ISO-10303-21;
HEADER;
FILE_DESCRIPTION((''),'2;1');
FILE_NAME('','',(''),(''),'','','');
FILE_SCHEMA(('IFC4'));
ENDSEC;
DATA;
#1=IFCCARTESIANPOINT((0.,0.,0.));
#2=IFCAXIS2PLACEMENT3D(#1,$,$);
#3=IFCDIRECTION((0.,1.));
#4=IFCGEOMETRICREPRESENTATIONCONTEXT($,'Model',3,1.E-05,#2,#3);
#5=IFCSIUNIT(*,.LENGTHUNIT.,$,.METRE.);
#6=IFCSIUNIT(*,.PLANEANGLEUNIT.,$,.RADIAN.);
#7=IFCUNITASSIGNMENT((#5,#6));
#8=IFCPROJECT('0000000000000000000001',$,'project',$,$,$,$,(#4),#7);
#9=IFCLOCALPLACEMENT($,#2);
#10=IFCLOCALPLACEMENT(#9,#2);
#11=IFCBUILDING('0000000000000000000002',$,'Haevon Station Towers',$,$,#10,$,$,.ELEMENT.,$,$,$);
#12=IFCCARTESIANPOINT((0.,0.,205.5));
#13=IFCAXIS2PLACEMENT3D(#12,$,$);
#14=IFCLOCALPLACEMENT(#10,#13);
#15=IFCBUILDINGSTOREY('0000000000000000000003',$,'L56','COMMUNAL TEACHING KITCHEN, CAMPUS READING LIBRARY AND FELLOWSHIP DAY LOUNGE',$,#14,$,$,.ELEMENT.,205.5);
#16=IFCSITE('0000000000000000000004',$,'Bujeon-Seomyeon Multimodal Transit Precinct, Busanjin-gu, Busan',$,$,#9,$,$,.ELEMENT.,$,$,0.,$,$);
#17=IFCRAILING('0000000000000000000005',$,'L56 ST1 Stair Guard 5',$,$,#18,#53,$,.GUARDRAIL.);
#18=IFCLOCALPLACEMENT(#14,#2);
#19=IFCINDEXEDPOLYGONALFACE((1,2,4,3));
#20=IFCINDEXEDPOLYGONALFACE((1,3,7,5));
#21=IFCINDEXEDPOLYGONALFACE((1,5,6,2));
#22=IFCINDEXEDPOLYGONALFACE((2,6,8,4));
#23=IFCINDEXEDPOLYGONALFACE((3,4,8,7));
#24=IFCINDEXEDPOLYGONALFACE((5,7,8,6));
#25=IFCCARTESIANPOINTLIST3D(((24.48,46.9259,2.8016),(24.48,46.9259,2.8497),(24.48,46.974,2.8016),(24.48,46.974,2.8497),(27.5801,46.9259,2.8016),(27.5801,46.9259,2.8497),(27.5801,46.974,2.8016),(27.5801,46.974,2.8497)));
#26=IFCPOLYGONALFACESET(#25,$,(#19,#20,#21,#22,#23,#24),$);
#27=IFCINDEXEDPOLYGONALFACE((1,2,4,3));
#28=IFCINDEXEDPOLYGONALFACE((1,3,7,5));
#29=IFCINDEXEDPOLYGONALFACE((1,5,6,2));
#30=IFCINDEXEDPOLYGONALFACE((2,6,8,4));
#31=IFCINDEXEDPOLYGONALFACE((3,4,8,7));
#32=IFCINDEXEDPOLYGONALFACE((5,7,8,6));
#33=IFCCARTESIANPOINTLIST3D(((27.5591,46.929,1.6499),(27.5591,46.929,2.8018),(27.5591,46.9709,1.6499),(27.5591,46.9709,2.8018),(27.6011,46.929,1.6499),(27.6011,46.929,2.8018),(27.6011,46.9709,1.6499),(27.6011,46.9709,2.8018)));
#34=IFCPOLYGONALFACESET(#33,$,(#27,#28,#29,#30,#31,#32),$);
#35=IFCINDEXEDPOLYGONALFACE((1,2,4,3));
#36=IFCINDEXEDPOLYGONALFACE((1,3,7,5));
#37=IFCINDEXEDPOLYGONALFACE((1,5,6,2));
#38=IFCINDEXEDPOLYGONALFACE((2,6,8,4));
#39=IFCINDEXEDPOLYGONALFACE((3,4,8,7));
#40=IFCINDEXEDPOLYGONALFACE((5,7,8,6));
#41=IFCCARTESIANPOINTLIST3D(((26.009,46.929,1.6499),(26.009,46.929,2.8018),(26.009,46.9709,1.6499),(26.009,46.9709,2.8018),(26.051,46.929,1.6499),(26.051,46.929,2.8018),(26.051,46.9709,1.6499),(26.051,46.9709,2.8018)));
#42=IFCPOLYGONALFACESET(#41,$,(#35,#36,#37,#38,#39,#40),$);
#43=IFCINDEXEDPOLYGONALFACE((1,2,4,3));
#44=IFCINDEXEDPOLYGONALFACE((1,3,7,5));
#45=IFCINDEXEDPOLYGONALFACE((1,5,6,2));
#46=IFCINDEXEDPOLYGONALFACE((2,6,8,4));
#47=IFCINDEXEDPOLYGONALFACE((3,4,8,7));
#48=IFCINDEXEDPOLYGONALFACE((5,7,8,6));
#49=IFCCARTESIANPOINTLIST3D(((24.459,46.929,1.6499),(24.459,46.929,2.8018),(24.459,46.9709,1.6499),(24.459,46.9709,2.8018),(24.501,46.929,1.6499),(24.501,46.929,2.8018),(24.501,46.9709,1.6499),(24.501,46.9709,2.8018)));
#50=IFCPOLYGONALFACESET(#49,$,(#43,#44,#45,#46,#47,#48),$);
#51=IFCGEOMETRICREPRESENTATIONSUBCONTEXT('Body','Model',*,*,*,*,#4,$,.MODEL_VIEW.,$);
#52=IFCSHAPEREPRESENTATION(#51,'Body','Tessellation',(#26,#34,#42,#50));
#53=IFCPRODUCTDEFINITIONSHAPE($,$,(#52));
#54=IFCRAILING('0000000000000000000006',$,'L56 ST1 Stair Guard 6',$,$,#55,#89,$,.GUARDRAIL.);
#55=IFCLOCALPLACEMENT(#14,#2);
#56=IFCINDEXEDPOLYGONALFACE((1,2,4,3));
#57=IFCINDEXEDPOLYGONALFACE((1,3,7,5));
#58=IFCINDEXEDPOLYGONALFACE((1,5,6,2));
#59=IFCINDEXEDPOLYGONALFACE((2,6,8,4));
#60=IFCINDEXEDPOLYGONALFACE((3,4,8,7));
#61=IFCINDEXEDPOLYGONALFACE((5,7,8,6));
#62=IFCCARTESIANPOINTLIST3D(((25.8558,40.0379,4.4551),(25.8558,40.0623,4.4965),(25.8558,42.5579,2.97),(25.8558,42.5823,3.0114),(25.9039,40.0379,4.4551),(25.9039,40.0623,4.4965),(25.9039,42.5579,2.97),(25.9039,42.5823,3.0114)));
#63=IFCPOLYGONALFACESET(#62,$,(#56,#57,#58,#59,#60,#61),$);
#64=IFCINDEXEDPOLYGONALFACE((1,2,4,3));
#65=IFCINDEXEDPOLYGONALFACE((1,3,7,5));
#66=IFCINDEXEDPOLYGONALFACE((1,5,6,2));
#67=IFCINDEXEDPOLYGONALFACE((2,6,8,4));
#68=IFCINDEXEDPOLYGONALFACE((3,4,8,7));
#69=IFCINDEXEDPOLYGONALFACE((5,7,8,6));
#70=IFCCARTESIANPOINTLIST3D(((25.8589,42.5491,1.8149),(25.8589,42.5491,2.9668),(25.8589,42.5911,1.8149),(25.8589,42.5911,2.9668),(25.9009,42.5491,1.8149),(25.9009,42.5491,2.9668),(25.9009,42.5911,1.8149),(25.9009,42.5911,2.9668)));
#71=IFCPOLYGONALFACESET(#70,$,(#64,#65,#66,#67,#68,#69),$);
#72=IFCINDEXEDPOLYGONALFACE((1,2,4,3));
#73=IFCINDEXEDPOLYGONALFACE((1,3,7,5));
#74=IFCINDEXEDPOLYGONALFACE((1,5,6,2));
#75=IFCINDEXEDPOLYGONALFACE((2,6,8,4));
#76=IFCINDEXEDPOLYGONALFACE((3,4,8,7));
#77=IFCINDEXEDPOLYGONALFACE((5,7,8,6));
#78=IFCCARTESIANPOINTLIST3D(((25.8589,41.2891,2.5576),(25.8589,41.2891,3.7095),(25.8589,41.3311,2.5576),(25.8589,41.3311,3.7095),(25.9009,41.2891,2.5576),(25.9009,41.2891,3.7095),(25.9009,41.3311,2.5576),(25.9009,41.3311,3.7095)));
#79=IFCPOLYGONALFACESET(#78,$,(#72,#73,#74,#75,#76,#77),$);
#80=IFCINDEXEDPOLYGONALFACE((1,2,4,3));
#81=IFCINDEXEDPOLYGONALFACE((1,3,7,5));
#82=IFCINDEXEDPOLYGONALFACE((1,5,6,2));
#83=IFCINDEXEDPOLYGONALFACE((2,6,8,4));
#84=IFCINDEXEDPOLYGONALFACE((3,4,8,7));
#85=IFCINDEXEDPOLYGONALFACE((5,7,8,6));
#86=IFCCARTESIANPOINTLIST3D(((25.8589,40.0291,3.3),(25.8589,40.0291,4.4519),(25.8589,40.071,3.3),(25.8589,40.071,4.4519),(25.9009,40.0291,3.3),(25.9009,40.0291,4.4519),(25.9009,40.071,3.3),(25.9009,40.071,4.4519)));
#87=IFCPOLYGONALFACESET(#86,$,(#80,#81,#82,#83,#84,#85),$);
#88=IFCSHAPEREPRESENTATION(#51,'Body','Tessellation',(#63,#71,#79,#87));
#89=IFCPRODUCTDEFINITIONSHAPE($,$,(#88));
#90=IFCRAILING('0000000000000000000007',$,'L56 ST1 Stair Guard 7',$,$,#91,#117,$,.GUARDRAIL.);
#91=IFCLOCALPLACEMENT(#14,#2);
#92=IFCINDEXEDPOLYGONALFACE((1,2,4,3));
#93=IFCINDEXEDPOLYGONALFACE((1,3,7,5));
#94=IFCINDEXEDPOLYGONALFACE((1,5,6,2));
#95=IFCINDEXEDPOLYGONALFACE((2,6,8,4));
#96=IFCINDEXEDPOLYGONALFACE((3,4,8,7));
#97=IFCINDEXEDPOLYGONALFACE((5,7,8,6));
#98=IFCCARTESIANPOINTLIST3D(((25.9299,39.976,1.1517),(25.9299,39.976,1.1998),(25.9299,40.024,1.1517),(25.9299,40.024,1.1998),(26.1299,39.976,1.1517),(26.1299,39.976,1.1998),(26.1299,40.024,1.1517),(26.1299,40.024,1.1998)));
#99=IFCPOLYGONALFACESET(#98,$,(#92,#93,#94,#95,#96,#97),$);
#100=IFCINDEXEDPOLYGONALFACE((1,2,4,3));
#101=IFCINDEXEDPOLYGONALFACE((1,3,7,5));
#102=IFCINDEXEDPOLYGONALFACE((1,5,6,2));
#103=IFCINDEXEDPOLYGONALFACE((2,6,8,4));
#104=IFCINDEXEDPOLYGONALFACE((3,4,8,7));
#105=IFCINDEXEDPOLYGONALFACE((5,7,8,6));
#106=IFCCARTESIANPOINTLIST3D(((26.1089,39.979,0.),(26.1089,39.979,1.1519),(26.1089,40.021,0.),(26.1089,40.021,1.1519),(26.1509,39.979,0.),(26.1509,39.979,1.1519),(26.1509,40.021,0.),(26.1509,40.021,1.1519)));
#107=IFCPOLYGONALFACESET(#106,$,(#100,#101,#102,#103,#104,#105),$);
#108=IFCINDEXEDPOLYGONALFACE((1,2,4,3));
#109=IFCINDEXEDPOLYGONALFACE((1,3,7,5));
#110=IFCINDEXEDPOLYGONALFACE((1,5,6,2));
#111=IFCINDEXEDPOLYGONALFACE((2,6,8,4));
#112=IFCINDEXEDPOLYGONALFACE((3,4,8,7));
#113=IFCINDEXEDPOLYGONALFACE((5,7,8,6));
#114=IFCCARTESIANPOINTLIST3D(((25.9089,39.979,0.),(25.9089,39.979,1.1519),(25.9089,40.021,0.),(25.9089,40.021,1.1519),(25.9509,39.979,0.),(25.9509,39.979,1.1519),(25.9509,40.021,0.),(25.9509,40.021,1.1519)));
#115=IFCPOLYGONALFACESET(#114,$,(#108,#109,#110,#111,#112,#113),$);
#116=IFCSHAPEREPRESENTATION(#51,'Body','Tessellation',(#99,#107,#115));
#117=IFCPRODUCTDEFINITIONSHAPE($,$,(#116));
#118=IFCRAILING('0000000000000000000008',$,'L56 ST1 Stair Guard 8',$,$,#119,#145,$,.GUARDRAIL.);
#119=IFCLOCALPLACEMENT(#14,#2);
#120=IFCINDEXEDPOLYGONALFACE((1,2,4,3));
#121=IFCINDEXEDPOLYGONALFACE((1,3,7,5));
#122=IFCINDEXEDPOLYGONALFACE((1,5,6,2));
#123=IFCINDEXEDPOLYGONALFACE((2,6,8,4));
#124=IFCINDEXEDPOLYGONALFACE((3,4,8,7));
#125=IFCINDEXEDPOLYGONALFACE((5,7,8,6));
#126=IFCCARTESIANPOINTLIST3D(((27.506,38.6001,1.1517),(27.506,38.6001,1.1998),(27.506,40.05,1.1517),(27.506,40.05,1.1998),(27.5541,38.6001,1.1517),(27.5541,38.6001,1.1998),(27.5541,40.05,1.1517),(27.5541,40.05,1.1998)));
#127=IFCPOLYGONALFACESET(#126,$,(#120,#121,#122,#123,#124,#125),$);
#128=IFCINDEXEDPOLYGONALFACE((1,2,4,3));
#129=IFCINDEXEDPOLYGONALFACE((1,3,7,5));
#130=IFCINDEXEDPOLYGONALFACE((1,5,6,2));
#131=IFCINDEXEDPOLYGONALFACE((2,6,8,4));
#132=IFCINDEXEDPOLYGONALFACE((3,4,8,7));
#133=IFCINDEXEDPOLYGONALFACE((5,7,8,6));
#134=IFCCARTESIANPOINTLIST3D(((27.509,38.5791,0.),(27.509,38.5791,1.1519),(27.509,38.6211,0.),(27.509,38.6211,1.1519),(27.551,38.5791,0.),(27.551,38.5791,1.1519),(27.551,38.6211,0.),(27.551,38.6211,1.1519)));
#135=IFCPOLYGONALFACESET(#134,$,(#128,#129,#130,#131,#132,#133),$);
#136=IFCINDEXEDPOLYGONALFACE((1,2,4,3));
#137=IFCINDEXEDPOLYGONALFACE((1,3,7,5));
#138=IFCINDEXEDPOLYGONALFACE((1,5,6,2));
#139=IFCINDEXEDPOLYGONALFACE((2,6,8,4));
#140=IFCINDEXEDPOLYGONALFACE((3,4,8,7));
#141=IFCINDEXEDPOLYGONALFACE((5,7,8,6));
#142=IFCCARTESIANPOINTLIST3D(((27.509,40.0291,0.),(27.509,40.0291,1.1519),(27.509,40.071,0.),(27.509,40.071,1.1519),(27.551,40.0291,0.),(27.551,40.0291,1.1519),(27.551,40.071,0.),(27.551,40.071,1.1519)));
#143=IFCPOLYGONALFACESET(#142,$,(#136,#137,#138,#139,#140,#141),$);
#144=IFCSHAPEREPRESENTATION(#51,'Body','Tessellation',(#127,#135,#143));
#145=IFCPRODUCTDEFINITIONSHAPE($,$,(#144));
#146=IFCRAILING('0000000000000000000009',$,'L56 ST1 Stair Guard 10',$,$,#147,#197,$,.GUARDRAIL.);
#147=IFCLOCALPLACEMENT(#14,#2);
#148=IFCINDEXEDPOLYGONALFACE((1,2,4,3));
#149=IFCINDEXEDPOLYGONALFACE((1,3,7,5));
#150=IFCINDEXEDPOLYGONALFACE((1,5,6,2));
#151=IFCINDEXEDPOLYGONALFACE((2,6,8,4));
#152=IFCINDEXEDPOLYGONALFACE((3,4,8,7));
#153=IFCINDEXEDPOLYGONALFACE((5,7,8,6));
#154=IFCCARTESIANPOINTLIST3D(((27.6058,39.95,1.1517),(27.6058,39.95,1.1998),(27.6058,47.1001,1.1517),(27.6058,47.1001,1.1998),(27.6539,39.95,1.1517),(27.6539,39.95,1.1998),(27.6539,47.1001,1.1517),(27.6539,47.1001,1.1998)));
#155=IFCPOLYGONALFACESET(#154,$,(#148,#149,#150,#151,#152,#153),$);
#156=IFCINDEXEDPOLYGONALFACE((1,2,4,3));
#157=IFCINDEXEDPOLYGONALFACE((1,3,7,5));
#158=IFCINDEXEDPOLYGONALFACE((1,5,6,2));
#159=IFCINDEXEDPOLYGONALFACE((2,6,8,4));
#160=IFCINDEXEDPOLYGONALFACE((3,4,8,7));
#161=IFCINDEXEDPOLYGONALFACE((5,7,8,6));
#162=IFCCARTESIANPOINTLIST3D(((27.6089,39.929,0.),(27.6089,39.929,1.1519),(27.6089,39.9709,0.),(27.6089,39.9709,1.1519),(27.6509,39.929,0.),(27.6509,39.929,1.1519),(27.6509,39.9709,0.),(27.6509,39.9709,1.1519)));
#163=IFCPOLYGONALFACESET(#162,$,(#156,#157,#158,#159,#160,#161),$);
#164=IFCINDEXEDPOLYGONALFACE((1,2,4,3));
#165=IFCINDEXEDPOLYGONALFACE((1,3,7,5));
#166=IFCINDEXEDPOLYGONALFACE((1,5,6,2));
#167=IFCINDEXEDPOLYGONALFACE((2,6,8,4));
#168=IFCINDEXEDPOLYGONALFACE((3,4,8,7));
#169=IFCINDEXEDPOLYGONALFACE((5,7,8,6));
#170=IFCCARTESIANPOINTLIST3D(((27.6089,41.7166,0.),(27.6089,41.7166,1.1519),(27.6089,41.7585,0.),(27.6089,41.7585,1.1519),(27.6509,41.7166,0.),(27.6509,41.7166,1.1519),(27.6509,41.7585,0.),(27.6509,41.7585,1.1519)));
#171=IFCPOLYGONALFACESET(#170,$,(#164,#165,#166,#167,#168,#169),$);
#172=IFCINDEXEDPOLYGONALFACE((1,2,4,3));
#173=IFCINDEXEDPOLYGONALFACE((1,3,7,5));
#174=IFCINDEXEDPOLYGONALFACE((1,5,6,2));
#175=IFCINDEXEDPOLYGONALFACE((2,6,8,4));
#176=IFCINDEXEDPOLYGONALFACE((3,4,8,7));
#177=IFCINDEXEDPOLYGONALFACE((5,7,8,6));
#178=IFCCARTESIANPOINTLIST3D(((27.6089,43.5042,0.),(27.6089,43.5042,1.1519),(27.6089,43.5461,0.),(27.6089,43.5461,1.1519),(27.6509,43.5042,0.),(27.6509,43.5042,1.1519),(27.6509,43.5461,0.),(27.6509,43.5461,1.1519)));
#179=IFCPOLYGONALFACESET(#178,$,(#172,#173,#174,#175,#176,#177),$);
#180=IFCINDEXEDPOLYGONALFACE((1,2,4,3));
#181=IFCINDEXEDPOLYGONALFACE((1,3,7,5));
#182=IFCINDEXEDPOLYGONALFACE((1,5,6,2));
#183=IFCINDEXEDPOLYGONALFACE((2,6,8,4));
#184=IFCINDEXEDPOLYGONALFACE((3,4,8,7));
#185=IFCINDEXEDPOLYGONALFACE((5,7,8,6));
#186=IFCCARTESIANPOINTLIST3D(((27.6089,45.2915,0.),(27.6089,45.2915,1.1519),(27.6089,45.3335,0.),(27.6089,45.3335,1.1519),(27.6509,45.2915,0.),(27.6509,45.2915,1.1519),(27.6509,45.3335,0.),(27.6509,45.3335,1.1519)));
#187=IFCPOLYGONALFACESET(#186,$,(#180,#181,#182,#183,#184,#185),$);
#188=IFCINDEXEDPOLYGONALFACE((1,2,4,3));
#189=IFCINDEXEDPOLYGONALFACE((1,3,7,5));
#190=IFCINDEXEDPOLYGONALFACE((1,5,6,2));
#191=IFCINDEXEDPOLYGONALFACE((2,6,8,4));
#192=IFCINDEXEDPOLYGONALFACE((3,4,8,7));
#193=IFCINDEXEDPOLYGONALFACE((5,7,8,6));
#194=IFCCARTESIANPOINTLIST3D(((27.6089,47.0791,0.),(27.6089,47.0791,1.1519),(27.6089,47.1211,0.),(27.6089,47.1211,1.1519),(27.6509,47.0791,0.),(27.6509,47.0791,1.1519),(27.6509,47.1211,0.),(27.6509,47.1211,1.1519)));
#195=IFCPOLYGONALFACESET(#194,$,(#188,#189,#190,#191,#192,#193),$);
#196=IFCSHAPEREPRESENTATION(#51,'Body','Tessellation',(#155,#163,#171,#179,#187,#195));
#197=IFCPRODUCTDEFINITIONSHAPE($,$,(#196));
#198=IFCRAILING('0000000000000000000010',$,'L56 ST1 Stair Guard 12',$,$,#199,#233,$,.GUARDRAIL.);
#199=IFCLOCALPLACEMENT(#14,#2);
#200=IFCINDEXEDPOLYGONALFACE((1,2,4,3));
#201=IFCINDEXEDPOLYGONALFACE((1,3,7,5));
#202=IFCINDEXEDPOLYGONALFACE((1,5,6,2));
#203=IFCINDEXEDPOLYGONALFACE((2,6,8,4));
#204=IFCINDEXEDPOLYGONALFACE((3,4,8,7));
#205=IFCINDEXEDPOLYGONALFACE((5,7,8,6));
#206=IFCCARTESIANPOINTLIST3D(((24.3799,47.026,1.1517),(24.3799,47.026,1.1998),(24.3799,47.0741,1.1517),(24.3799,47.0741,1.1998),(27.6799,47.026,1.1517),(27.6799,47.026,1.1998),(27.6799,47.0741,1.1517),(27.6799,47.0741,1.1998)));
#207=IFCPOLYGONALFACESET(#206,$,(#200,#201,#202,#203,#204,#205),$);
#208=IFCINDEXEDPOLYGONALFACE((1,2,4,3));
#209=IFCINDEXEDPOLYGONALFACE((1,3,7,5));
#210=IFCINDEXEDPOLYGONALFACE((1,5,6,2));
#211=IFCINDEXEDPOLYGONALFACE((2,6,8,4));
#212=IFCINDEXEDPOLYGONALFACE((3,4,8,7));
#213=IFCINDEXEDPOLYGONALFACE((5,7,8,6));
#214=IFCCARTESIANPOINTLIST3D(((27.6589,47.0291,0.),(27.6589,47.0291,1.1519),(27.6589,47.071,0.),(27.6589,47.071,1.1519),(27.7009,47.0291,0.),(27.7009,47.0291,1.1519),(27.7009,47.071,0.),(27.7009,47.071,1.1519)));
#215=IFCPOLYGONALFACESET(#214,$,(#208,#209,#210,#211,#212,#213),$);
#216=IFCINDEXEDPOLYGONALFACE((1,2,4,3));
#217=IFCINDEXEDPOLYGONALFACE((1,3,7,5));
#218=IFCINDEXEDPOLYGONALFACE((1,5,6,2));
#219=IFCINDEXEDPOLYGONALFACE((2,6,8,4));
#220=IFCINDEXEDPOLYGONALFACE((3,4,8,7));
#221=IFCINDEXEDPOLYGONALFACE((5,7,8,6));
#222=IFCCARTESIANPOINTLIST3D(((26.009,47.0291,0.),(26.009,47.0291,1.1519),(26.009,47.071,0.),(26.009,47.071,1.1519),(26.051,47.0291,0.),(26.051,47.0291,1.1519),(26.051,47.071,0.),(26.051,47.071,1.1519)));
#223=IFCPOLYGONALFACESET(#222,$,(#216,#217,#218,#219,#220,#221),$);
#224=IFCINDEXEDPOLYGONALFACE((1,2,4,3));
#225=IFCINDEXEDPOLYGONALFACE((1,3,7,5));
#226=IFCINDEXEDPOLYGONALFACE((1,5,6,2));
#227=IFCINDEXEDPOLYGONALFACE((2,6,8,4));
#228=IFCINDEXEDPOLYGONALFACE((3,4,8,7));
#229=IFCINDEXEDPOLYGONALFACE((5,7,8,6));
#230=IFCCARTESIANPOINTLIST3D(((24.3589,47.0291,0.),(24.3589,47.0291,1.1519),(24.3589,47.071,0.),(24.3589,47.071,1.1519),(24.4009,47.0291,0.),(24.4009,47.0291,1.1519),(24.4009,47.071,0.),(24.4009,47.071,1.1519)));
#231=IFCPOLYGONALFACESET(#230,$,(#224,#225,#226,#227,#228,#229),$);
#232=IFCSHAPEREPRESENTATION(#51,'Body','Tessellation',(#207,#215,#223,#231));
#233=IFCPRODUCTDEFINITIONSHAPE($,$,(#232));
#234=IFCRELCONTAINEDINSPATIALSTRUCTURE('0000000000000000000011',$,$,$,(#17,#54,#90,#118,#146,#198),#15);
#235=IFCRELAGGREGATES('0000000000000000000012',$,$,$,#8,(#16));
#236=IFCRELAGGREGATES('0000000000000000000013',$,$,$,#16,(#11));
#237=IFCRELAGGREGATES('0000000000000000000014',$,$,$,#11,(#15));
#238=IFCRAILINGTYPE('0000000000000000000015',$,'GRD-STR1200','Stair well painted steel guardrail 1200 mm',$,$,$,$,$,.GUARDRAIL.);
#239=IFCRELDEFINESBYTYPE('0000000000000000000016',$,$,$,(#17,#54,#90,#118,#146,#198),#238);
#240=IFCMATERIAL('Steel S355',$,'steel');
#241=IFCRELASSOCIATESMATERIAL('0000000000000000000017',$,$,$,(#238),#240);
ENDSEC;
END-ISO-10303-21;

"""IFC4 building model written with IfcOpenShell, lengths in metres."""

from ifc_helpers import new_model, si_unit, direction, frame, origin, origin_2d, place, context, subcontext, project, spatial, rectangle, extrude, material, type_object, element, save


model = new_model("IFC4")

# Units and contexts
model_context = context("Model", 3, precision=1e-05, world=origin(), true_north=direction((0.0, 1.0)))
body_context = subcontext(model_context, "Body", "Model", "MODEL_VIEW")
ifc_project = project(units=[si_unit("LENGTHUNIT", "METRE"), si_unit("PLANEANGLEUNIT", "RADIAN")], contexts=[model_context])

# Site, building, storey
site_placement = place(None, origin())
site = spatial("IfcSite", under=ifc_project, at=site_placement, Name="Bujeon-Seomyeon Multimodal Transit Precinct, Busanjin-gu, Busan", CompositionType="ELEMENT", RefElevation=0.0)
building_placement = place(site_placement, origin())
building = spatial("IfcBuilding", under=site, at=building_placement, Name="Haevon Station Towers", CompositionType="ELEMENT")
storey_placement = place(building_placement, frame((0.0, 0.0, 205.5)))
storey = spatial("IfcBuildingStorey", under=building, at=storey_placement, Name="L56", Description="COMMUNAL TEACHING KITCHEN, CAMPUS READING LIBRARY AND FELLOWSHIP DAY LOUNGE", CompositionType="ELEMENT", Elevation=205.5)

# Shared definitions
ifc_material_1 = material(Name="Steel S355", Category="steel")

# Railings
railing_type_1 = type_object("IfcRailingType", Name="GRD-STR1200", Description="Stair well painted steel guardrail 1200 mm", PredefinedType="GUARDRAIL", material=ifc_material_1)
railing_1_placement = place(storey_placement, frame((27.5801, 46.95, 1.6499)))
element("IfcRailing", 1, at=railing_1_placement, inside=storey, type_object=railing_type_1, Name="L56 ST1 Stair Guard 5", PredefinedType="GUARDRAIL", context=body_context, shape_type="SweptSolid", body=[
    extrude(rectangle(XDim=0.0481, YDim=0.0481, at=origin_2d()), frame((0.0, 0.0, 1.1758), z_axis=(-1.0, 0.0, 0.0), x_axis=(0.0, -1.0, 0.0)), (0.0, 0.0, 1.0), 3.1001),
    extrude(rectangle(XDim=0.042, YDim=0.042, at=origin_2d()), origin(), (0.0, 0.0, 1.0), 1.1519),
    extrude(rectangle(XDim=0.042, YDim=0.042, at=origin_2d()), frame((-1.55, 0.0, 0.0)), (0.0, 0.0, 1.0), 1.1519),
    extrude(rectangle(XDim=0.042, YDim=0.042, at=origin_2d()), frame((-3.1001, 0.0, 0.0)), (0.0, 0.0, 1.0), 1.1519),
])
railing_2_placement = place(storey_placement, frame((25.8799, 42.5701, 1.8149)))
element("IfcRailing", 2, at=railing_2_placement, inside=storey, type_object=railing_type_1, Name="L56 ST1 Stair Guard 6", PredefinedType="GUARDRAIL", context=body_context, shape_type="SweptSolid", body=[
    extrude(rectangle(XDim=0.0481, YDim=0.0481, at=origin_2d()), frame((0.0, 0.0, 1.1758), z_axis=(0.0, -0.861524, 0.507717), x_axis=(1.0, 0.0, 0.0)), (0.0, 0.0, 1.0), 2.925),
    extrude(rectangle(XDim=0.042, YDim=0.042, at=origin_2d()), origin(), (0.0, 0.0, 1.0), 1.1519),
    extrude(rectangle(XDim=0.042, YDim=0.042, at=origin_2d()), frame((0.0, -1.26, 0.7427)), (0.0, 0.0, 1.0), 1.1519),
    extrude(rectangle(XDim=0.042, YDim=0.042, at=origin_2d()), frame((0.0, -2.52, 1.4851)), (0.0, 0.0, 1.0), 1.1519),
])
railing_3_placement = place(storey_placement, frame((26.1299, 40.0, 0.0)))
element("IfcRailing", 3, at=railing_3_placement, inside=storey, type_object=railing_type_1, Name="L56 ST1 Stair Guard 7", PredefinedType="GUARDRAIL", context=body_context, shape_type="SweptSolid", body=[
    extrude(rectangle(XDim=0.0481, YDim=0.0481, at=origin_2d()), frame((0.0, 0.0, 1.1758), z_axis=(-1.0, 0.0, 0.0), x_axis=(0.0, -1.0, 0.0)), (0.0, 0.0, 1.0), 0.2),
    extrude(rectangle(XDim=0.042, YDim=0.042, at=origin_2d()), origin(), (0.0, 0.0, 1.0), 1.1519),
    extrude(rectangle(XDim=0.042, YDim=0.042, at=origin_2d()), frame((-0.2, 0.0, 0.0)), (0.0, 0.0, 1.0), 1.1519),
])
railing_4_placement = place(storey_placement, frame((27.53, 38.6001, 0.0)))
element("IfcRailing", 4, at=railing_4_placement, inside=storey, type_object=railing_type_1, Name="L56 ST1 Stair Guard 8", PredefinedType="GUARDRAIL", context=body_context, shape_type="SweptSolid", body=[
    extrude(rectangle(XDim=0.0481, YDim=0.0481, at=origin_2d()), frame((0.0, 0.0, 1.1758), z_axis=(0.0, 1.0, 0.0), x_axis=(-1.0, 0.0, 0.0)), (0.0, 0.0, 1.0), 1.45),
    extrude(rectangle(XDim=0.042, YDim=0.042, at=origin_2d()), origin(), (0.0, 0.0, 1.0), 1.1519),
    extrude(rectangle(XDim=0.042, YDim=0.042, at=origin_2d()), frame((0.0, 1.45, 0.0)), (0.0, 0.0, 1.0), 1.1519),
])
railing_5_placement = place(storey_placement, frame((27.6299, 39.95, 0.0)))
element("IfcRailing", 5, at=railing_5_placement, inside=storey, type_object=railing_type_1, Name="L56 ST1 Stair Guard 10", PredefinedType="GUARDRAIL", context=body_context, shape_type="SweptSolid", body=[
    extrude(rectangle(XDim=0.0481, YDim=0.0481, at=origin_2d()), frame((0.0, 0.0, 1.1758), z_axis=(0.0, 1.0, 0.0), x_axis=(-1.0, 0.0, 0.0)), (0.0, 0.0, 1.0), 7.1501),
    extrude(rectangle(XDim=0.042, YDim=0.042, at=origin_2d()), origin(), (0.0, 0.0, 1.0), 1.1519),
    extrude(rectangle(XDim=0.042, YDim=0.042, at=origin_2d()), frame((0.0, 1.7876, 0.0)), (0.0, 0.0, 1.0), 1.1519),
    extrude(rectangle(XDim=0.042, YDim=0.042, at=origin_2d()), frame((0.0, 3.5752, 0.0)), (0.0, 0.0, 1.0), 1.1519),
    extrude(rectangle(XDim=0.042, YDim=0.042, at=origin_2d()), frame((0.0, 5.3625, 0.0)), (0.0, 0.0, 1.0), 1.1519),
    extrude(rectangle(XDim=0.042, YDim=0.042, at=origin_2d()), frame((0.0, 7.1501, 0.0)), (0.0, 0.0, 1.0), 1.1519),
])
railing_6_placement = place(storey_placement, frame((27.6799, 47.05, 0.0)))
element("IfcRailing", 6, at=railing_6_placement, inside=storey, type_object=railing_type_1, Name="L56 ST1 Stair Guard 12", PredefinedType="GUARDRAIL", context=body_context, shape_type="SweptSolid", body=[
    extrude(rectangle(XDim=0.0481, YDim=0.0481, at=origin_2d()), frame((0.0, 0.0, 1.1758), z_axis=(-1.0, 0.0, 0.0), x_axis=(0.0, -1.0, 0.0)), (0.0, 0.0, 1.0), 3.3),
    extrude(rectangle(XDim=0.042, YDim=0.042, at=origin_2d()), origin(), (0.0, 0.0, 1.0), 1.1519),
    extrude(rectangle(XDim=0.042, YDim=0.042, at=origin_2d()), frame((-1.6499, 0.0, 0.0)), (0.0, 0.0, 1.0), 1.1519),
    extrude(rectangle(XDim=0.042, YDim=0.042, at=origin_2d()), frame((-3.3, 0.0, 0.0)), (0.0, 0.0, 1.0), 1.1519),
])

save(model, "model.ifc")
